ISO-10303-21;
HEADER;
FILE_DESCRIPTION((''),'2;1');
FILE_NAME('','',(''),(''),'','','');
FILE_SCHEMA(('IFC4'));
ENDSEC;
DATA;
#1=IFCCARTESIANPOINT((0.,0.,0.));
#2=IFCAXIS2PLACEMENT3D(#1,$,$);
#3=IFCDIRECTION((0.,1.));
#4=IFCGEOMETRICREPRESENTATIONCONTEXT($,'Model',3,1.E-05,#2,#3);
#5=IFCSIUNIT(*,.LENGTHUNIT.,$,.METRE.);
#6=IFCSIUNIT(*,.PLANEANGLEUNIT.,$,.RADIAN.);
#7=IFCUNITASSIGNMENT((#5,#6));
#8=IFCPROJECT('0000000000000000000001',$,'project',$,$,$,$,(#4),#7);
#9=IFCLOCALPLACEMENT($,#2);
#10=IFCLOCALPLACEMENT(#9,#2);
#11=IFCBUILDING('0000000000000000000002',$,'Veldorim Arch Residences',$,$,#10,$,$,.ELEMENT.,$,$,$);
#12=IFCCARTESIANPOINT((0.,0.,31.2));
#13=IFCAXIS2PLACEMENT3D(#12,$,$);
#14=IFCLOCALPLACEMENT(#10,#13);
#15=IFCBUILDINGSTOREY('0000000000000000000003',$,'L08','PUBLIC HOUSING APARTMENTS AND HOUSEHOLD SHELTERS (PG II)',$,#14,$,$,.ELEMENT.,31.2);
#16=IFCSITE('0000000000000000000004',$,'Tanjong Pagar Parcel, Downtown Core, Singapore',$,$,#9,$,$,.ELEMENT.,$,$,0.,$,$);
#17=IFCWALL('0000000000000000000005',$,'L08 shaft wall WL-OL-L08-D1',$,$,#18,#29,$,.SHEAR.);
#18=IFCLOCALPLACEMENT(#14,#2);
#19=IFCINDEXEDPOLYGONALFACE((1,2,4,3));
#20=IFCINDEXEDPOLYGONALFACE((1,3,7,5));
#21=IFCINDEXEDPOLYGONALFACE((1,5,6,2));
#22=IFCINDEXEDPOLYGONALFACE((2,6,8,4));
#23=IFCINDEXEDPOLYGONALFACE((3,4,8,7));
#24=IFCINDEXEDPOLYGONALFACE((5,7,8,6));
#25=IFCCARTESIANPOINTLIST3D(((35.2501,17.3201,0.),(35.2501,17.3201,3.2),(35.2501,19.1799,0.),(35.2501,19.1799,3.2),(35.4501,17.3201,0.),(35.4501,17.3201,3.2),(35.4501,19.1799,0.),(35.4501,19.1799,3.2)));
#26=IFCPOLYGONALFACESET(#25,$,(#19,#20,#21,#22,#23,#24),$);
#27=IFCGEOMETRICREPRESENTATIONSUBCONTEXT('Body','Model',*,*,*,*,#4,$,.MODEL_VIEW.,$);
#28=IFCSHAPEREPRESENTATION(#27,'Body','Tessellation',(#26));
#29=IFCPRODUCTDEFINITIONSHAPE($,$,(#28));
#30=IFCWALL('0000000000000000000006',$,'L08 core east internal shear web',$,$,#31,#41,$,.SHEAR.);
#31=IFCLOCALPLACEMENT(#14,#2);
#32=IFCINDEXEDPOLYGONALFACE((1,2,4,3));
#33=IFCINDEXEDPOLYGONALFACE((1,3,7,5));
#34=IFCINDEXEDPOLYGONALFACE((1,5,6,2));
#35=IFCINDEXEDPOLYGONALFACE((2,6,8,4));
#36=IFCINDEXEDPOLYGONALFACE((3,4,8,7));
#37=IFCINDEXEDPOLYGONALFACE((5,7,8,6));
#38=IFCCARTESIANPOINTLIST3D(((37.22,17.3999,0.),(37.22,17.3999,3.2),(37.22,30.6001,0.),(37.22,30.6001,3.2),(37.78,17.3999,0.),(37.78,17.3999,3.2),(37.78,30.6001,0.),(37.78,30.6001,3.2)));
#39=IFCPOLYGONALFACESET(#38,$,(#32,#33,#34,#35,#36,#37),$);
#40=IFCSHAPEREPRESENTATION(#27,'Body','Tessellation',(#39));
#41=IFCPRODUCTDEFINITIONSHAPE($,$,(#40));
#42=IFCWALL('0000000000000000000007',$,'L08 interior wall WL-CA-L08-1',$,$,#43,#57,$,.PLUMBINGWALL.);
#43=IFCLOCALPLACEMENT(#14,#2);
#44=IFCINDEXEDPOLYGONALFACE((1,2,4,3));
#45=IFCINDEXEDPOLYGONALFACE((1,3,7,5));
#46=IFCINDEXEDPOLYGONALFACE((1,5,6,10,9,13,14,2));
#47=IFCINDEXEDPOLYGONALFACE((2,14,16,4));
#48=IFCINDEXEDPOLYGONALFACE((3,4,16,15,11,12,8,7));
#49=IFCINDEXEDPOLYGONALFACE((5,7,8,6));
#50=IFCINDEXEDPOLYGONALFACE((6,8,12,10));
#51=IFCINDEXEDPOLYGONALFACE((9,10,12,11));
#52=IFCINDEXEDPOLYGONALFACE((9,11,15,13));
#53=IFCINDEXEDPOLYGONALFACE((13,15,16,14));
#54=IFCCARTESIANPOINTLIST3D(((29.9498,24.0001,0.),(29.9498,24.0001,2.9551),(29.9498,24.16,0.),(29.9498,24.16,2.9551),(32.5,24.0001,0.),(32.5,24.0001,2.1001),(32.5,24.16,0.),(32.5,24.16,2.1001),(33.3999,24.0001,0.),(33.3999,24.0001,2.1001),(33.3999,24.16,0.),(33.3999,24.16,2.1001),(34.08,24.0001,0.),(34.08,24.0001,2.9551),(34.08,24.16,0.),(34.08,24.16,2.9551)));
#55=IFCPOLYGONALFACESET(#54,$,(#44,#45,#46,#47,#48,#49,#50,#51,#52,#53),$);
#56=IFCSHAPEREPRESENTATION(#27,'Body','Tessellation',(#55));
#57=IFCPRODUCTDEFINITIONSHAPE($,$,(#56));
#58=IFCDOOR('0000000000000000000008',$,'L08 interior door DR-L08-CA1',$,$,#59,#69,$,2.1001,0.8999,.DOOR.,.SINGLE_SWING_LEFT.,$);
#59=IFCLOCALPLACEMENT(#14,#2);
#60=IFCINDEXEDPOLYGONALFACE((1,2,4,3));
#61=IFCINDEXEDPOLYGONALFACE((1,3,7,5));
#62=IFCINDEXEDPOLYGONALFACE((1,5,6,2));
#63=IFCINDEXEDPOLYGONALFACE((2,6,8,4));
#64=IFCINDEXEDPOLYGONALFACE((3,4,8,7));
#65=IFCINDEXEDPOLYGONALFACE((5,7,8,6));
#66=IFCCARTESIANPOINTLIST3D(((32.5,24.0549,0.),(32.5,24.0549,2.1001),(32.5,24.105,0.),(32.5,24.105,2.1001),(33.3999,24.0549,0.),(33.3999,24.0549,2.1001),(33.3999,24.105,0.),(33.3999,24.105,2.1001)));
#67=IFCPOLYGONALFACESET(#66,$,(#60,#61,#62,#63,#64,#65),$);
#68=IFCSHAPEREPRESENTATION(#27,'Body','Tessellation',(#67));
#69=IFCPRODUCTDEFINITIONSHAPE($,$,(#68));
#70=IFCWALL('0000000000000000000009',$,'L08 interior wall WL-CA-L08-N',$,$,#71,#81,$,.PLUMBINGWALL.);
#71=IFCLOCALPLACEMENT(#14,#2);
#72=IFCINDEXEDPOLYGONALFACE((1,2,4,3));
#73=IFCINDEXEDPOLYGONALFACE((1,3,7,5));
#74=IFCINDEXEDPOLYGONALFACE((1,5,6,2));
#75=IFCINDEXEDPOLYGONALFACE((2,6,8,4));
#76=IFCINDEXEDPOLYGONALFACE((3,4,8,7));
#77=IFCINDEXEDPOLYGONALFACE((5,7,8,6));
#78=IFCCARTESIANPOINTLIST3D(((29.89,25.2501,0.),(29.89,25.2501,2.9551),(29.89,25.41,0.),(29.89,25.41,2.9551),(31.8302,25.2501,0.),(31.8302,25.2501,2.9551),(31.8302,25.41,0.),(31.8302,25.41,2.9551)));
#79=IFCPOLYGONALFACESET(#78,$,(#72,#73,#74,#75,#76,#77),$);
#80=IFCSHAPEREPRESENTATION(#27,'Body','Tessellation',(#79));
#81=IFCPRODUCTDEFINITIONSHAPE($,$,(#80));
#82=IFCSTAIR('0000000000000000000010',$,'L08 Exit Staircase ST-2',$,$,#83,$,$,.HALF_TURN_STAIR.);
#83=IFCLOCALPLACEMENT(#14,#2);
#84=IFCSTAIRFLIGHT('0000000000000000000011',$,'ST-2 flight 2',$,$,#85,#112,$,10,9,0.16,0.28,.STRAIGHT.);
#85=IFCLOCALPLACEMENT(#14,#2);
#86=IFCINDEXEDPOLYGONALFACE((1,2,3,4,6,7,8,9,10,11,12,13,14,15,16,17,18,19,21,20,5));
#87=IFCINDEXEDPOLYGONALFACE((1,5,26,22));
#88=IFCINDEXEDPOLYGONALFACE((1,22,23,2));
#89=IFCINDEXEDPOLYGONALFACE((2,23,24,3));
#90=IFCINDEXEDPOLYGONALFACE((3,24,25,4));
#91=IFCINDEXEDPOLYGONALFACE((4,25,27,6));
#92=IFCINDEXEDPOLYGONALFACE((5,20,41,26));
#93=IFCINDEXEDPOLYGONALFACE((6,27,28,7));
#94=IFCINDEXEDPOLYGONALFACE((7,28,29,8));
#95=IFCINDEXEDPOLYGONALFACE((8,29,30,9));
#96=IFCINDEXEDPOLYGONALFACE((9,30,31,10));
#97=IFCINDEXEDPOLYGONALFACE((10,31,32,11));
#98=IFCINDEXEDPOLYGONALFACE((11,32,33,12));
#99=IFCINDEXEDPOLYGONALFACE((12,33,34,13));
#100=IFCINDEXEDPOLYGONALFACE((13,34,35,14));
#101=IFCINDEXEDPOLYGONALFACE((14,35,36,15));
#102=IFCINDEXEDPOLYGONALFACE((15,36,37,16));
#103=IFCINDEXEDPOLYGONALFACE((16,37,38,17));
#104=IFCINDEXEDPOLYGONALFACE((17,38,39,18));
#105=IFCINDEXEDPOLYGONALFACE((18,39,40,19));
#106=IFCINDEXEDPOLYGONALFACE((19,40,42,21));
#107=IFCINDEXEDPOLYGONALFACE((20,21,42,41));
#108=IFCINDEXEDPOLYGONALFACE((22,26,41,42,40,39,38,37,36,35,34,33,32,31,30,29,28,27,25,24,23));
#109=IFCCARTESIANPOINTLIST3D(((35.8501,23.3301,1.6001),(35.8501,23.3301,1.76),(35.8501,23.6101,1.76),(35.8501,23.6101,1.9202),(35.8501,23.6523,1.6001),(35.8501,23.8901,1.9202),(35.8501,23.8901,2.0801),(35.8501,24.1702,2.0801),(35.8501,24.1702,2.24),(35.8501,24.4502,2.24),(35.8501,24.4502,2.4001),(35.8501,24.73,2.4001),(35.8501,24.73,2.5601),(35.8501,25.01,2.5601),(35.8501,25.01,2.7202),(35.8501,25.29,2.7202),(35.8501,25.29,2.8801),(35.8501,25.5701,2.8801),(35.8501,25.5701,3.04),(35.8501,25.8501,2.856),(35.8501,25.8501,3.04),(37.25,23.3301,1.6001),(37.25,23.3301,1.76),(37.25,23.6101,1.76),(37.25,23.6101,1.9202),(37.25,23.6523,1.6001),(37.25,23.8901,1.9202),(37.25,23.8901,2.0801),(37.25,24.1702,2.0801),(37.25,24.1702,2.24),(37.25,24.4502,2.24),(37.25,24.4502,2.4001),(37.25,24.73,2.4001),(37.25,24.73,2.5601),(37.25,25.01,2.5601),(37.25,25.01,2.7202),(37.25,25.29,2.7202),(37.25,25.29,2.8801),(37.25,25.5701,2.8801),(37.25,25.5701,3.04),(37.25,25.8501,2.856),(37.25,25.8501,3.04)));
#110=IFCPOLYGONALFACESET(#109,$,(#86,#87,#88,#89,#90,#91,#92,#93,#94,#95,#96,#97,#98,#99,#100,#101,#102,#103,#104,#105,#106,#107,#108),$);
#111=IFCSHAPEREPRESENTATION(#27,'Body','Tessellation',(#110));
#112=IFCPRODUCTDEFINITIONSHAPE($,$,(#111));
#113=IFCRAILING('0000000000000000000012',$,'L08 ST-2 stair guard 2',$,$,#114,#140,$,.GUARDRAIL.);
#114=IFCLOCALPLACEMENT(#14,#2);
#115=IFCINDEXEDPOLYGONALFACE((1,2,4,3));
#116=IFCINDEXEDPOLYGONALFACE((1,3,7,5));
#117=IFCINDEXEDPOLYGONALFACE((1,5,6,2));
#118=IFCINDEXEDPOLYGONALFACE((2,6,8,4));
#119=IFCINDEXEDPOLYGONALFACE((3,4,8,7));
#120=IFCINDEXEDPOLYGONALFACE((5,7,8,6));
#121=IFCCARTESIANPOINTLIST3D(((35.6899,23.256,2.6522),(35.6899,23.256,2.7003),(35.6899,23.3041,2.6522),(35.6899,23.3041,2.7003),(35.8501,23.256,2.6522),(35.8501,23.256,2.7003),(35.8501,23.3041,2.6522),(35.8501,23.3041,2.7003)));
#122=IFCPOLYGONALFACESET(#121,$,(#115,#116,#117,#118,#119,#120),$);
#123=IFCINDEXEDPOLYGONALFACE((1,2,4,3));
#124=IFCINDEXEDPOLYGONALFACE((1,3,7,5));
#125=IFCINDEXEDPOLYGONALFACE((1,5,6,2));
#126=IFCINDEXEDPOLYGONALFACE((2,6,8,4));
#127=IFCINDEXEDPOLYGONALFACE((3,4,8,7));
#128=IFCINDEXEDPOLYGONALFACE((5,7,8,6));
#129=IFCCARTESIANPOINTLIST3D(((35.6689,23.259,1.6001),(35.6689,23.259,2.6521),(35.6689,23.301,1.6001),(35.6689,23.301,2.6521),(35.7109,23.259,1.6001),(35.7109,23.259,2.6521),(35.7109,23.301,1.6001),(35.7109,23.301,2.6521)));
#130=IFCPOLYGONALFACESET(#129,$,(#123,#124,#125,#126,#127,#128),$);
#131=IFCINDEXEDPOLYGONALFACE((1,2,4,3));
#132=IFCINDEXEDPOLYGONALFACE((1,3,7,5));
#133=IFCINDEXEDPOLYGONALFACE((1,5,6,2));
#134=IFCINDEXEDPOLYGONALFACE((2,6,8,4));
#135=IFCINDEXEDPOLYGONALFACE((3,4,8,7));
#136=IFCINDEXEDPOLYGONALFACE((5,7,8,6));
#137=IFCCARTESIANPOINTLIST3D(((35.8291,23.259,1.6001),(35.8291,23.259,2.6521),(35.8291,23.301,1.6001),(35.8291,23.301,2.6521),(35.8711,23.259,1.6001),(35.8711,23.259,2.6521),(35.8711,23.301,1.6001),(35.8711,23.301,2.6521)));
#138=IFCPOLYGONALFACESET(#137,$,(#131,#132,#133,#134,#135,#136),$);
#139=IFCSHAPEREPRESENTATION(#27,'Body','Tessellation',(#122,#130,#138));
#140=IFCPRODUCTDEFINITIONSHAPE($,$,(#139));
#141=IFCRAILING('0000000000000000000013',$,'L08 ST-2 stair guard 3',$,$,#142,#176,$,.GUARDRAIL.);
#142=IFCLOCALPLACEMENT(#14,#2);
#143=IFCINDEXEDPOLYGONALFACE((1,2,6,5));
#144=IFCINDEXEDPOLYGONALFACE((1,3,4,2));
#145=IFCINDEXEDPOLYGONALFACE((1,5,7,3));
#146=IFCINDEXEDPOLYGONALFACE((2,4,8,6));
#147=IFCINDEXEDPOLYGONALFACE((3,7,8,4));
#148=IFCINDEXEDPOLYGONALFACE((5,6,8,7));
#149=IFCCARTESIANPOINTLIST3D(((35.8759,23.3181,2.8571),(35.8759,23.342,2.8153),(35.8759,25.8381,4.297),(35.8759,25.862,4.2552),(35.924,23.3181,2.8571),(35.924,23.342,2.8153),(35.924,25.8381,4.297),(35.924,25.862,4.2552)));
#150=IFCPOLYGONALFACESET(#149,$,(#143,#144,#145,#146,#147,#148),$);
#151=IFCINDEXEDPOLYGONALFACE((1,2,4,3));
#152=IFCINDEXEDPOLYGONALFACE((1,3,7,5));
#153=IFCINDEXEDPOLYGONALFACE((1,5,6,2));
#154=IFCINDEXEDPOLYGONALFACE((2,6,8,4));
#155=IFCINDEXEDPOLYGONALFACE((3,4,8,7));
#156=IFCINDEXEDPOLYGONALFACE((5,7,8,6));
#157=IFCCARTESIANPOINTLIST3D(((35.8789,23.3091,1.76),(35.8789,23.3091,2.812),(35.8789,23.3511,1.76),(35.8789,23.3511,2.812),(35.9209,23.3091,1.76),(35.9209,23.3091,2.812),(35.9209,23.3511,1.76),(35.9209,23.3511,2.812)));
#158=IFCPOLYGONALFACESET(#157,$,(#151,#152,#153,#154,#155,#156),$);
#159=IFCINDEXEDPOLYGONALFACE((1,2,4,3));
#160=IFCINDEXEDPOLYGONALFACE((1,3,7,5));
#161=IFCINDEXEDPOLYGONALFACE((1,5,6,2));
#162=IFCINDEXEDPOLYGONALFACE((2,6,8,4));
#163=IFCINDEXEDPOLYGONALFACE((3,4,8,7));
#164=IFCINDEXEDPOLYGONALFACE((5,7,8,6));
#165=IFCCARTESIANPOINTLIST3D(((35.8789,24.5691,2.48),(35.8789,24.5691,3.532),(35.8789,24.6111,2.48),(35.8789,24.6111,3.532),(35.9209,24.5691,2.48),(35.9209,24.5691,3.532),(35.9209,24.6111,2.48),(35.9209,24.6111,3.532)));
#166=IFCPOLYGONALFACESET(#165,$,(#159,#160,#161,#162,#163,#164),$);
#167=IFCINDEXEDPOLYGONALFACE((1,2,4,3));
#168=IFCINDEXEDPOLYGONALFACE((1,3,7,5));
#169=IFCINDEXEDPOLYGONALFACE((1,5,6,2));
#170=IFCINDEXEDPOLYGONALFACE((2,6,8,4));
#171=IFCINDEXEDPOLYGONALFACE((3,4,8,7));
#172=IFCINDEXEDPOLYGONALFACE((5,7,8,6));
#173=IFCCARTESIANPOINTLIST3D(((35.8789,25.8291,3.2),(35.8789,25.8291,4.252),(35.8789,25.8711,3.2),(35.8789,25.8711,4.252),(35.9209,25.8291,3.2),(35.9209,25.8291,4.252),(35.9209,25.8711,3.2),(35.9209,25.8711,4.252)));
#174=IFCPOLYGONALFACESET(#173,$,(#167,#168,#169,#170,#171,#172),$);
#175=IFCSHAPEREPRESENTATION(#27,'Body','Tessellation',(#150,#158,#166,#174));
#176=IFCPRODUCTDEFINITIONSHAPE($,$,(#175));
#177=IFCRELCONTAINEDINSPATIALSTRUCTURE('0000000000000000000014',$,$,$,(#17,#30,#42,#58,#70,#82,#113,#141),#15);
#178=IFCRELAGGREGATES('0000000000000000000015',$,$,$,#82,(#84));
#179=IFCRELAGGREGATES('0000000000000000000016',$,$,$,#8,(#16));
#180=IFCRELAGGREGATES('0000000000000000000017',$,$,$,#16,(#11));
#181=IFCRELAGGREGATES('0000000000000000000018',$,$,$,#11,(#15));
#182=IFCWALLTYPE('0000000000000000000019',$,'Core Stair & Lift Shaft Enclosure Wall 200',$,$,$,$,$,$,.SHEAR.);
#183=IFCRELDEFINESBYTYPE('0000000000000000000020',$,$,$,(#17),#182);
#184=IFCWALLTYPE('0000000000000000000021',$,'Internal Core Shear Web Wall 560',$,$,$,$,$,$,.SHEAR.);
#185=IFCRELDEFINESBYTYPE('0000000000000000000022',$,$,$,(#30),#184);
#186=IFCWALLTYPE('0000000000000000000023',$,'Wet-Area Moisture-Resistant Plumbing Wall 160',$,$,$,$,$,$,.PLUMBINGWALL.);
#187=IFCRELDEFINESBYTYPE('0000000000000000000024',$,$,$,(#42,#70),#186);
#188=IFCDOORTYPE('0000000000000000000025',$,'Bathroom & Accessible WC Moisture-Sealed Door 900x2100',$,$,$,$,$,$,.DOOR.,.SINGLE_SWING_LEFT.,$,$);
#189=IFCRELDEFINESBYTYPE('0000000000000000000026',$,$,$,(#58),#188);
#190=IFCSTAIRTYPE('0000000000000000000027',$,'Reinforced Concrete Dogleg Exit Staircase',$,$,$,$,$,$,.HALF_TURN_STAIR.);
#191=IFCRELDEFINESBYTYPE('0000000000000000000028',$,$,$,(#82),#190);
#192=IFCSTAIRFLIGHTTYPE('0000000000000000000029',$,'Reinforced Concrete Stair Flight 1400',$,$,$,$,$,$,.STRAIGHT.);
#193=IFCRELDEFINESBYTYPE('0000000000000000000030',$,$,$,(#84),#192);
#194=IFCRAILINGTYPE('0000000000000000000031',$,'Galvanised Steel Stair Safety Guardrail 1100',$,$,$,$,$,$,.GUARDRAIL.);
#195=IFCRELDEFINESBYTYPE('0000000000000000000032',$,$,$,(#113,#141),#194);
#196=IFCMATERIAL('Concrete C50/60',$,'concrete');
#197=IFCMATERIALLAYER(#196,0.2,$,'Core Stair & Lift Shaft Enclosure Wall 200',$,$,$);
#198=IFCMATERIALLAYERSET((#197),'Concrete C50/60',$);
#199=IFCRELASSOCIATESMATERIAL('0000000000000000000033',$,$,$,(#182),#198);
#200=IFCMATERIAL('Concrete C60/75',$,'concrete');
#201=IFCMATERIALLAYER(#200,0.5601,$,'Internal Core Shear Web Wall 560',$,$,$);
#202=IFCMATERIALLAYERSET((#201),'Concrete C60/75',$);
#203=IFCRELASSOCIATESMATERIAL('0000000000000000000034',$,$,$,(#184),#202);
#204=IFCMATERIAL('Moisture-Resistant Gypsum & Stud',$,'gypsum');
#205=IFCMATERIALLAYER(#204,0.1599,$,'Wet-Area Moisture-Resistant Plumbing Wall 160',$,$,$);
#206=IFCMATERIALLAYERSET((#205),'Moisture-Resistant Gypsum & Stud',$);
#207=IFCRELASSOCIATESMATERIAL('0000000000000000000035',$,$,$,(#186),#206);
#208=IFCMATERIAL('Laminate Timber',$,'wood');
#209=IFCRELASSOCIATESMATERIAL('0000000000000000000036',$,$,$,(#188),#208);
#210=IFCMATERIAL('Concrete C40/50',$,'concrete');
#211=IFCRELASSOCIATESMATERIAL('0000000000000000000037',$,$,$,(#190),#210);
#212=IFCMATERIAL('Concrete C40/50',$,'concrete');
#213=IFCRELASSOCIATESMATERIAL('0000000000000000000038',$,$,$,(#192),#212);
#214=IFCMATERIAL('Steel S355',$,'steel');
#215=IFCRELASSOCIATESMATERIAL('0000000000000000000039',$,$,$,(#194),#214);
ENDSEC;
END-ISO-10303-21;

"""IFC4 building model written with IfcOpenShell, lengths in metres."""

from ifc_helpers import new_model, si_unit, direction, frame, frame_2d, origin, origin_2d, place, context, subcontext, project, spatial, polyline, rectangle, outline, extrude, material, layer, layer_set, type_object, element, fill, aggregate, save


model = new_model("IFC4")

# Units and contexts
model_context = context("Model", 3, precision=1e-05, world=origin(), true_north=direction((0.0, 1.0)))
body_context = subcontext(model_context, "Body", "Model", "MODEL_VIEW")
ifc_project = project(units=[si_unit("LENGTHUNIT", "METRE"), si_unit("PLANEANGLEUNIT", "RADIAN")], contexts=[model_context])

# Site, building, storey
site_placement = place(None, origin())
site = spatial("IfcSite", under=ifc_project, at=site_placement, Name="Tanjong Pagar Parcel, Downtown Core, Singapore", CompositionType="ELEMENT", RefElevation=0.0)
building_placement = place(site_placement, origin())
building = spatial("IfcBuilding", under=site, at=building_placement, Name="Veldorim Arch Residences", CompositionType="ELEMENT")
storey_placement = place(building_placement, frame((0.0, 0.0, 31.2)))
storey = spatial("IfcBuildingStorey", under=building, at=storey_placement, Name="L08", Description="PUBLIC HOUSING APARTMENTS AND HOUSEHOLD SHELTERS (PG II)", CompositionType="ELEMENT", Elevation=31.2)

# Shared definitions
ifc_material_1 = material(Name="Concrete C50/60", Category="concrete")
ifc_layer_1 = layer(ifc_material_1, 0.2, Name="Core Stair & Lift Shaft Enclosure Wall 200")
ifc_layer_set_1 = layer_set([ifc_layer_1], Name="Concrete C50/60")
wall_type_1 = type_object("IfcWallType", Name="Core Stair & Lift Shaft Enclosure Wall 200", PredefinedType="SHEAR", material=ifc_layer_set_1)

# Walls
for number, where, z_axis, x_axis, name in (
    (1, (35.3501, 17.3201, 0.0), (0.0, 0.0, 1.0), (0.0, 1.0, 0.0), "L08 shaft wall WL-OL-L08-D1"),
):
    element("IfcWall", number, at=place(storey_placement, frame(where, z_axis=z_axis, x_axis=x_axis)), inside=storey, type_object=wall_type_1, Name=name, PredefinedType="SHEAR", context=body_context, shape_type="SweptSolid", body=[
        extrude(rectangle(XDim=1.8599, YDim=0.2, at=frame_2d((0.9299, 0.0))), origin(), (0.0, 0.0, 1.0), 3.2),
    ])
ifc_material_2 = material(Name="Concrete C60/75", Category="concrete")
ifc_layer_2 = layer(ifc_material_2, 0.5601, Name="Internal Core Shear Web Wall 560")
ifc_layer_set_2 = layer_set([ifc_layer_2], Name="Concrete C60/75")
wall_type_2 = type_object("IfcWallType", Name="Internal Core Shear Web Wall 560", PredefinedType="SHEAR", material=ifc_layer_set_2)
wall_1_placement = place(storey_placement, frame((37.5, 17.3999, 0.0), z_axis=(0.0, 0.0, 1.0), x_axis=(0.0, 1.0, 0.0)))
element("IfcWall", 2, at=wall_1_placement, inside=storey, type_object=wall_type_2, Name="L08 core east internal shear web", PredefinedType="SHEAR", context=body_context, shape_type="SweptSolid", body=[
    extrude(rectangle(XDim=13.2002, YDim=0.5601, at=frame_2d((6.6001, 0.0))), origin(), (0.0, 0.0, 1.0), 3.2),
])

# Wall, opening, door
ifc_material_3 = material(Name="Moisture-Resistant Gypsum & Stud", Category="gypsum")
ifc_layer_3 = layer(ifc_material_3, 0.1599, Name="Wet-Area Moisture-Resistant Plumbing Wall 160")
ifc_layer_set_3 = layer_set([ifc_layer_3], Name="Moisture-Resistant Gypsum & Stud")
wall_type_3 = type_object("IfcWallType", Name="Wet-Area Moisture-Resistant Plumbing Wall 160", PredefinedType="PLUMBINGWALL", material=ifc_layer_set_3)
wall_2_placement = place(storey_placement, frame((29.95, 24.0801, 0.0), z_axis=(0.0, 0.0, 1.0), x_axis=(1.0, 0.0, 0.0)))
wall_2 = element("IfcWall", 3, at=wall_2_placement, inside=storey, type_object=wall_type_3, Name="L08 interior wall WL-CA-L08-1", PredefinedType="PLUMBINGWALL", context=body_context, shape_type="SweptSolid", body=[
    extrude(rectangle(XDim=4.1301, YDim=0.1599, at=frame_2d((2.0649, 0.0))), origin(), (0.0, 0.0, 1.0), 2.9551),
])
opening_1_placement = place(wall_2_placement, frame((2.55, 0.0, 0.0)))
opening_1 = element("IfcOpeningElement", 4, at=opening_1_placement, cuts=wall_2, PredefinedType="OPENING", context=body_context, shape_type="SweptSolid", body=[
    extrude(rectangle(XDim=0.8999, YDim=2.1001, at=frame_2d((0.45, 1.05))), frame((0.0, 0.0898, 0.0), z_axis=(0.0, -1.0, 0.0), x_axis=(1.0, 0.0, 0.0)), (0.0, 0.0, 1.0), 0.1799),
])
ifc_material_4 = material(Name="Laminate Timber", Category="wood")
door_type_1 = type_object("IfcDoorType", Name="Bathroom & Accessible WC Moisture-Sealed Door 900x2100", OperationType="SINGLE_SWING_LEFT", PredefinedType="DOOR", material=ifc_material_4)
door_1_placement = place(opening_1_placement, origin())
door_1 = element("IfcDoor", 5, at=door_1_placement, inside=storey, type_object=door_type_1, Name="L08 interior door DR-L08-CA1", OperationType="SINGLE_SWING_LEFT", OverallHeight=2.1001, OverallWidth=0.8999, PredefinedType="DOOR", context=body_context, shape_type="SweptSolid", body=[
    extrude(rectangle(XDim=0.8999, YDim=2.1001, at=frame_2d((0.45, 1.05))), frame((0.0, 0.0249, 0.0), z_axis=(0.0, -1.0, 0.0), x_axis=(1.0, 0.0, 0.0)), (0.0, 0.0, 1.0), 0.05),
])
fill(opening_1, door_1)

# Wall
wall_3_placement = place(storey_placement, frame((29.8899, 25.3301, 0.0), z_axis=(0.0, 0.0, 1.0), x_axis=(1.0, 0.0, 0.0)))
element("IfcWall", 6, at=wall_3_placement, inside=storey, type_object=wall_type_3, Name="L08 interior wall WL-CA-L08-N", PredefinedType="PLUMBINGWALL", context=body_context, shape_type="SweptSolid", body=[
    extrude(rectangle(XDim=1.9402, YDim=0.1599, at=frame_2d((0.9702, 0.0))), origin(), (0.0, 0.0, 1.0), 2.9551),
])

# Stair, stair flight
ifc_material_5 = material(Name="Concrete C40/50", Category="concrete")
stair_type = type_object("IfcStairType", Name="Reinforced Concrete Dogleg Exit Staircase", PredefinedType="HALF_TURN_STAIR", material=ifc_material_5)
stair_placement = place(storey_placement, origin())
stair = element("IfcStair", 7, at=stair_placement, inside=storey, type_object=stair_type, Name="L08 Exit Staircase ST-2", PredefinedType="HALF_TURN_STAIR")
ifc_material_6 = material(Name="Concrete C40/50", Category="concrete")
stair_flight_type = type_object("IfcStairFlightType", Name="Reinforced Concrete Stair Flight 1400", PredefinedType="STRAIGHT", material=ifc_material_6)
stair_flight_placement = place(storey_placement, frame((36.55, 23.3301, 1.6001), z_axis=(0.0, 0.0, 1.0), x_axis=(0.0, 1.0, 0.0)))
stair_flight = element("IfcStairFlight", 8, at=stair_flight_placement, type_object=stair_flight_type, Name="ST-2 flight 2", NumberOfRisers=10, NumberOfTreads=9, PredefinedType="STRAIGHT", RiserHeight=0.16, TreadLength=0.28, context=body_context, shape_type="SweptSolid", body=[
    extrude(outline(polyline([(0.0, 0.0), (0.0, 0.1599), (0.28, 0.1599), (0.28, 0.3201), (0.5601, 0.3201), (0.5601, 0.48), (0.8401, 0.48), (0.8401, 0.6399), (1.1201, 0.6399), (1.1201, 0.8), (1.3999, 0.8), (1.3999, 0.96), (1.6799, 0.96), (1.6799, 1.1201), (1.96, 1.1201), (1.96, 1.28), (2.24, 1.28), (2.24, 1.4399), (2.52, 1.4399), (2.52, 1.6001), (2.52, 1.2559), (0.3223, 0.0), (0.0, 0.0)])), frame((0.0, 0.7, 0.0), z_axis=(0.0, -1.0, 0.0), x_axis=(1.0, 0.0, 0.0)), (0.0, 0.0, 1.0), 1.3999),
])
aggregate(stair, [stair_flight])

# Railings
ifc_material_7 = material(Name="Steel S355", Category="steel")
railing_type_1 = type_object("IfcRailingType", Name="Galvanised Steel Stair Safety Guardrail 1100", PredefinedType="GUARDRAIL", material=ifc_material_7)
railing_1_placement = place(storey_placement, frame((35.6899, 23.28, 1.6001)))
element("IfcRailing", 9, at=railing_1_placement, inside=storey, type_object=railing_type_1, Name="L08 ST-2 stair guard 2", PredefinedType="GUARDRAIL", context=body_context, shape_type="SweptSolid", body=[
    extrude(rectangle(XDim=0.0481, YDim=0.0481, at=origin_2d()), frame((0.0, 0.0, 1.0762), z_axis=(1.0, 0.0, 0.0), x_axis=(0.0, 1.0, 0.0)), (0.0, 0.0, 1.0), 0.1602),
    extrude(rectangle(XDim=0.042, YDim=0.042, at=origin_2d()), origin(), (0.0, 0.0, 1.0), 1.052),
    extrude(rectangle(XDim=0.042, YDim=0.042, at=origin_2d()), frame((0.1602, 0.0, 0.0)), (0.0, 0.0, 1.0), 1.052),
])
railing_2_placement = place(storey_placement, frame((35.8999, 23.3301, 1.76)))
element("IfcRailing", 10, at=railing_2_placement, inside=storey, type_object=railing_type_1, Name="L08 ST-2 stair guard 3", PredefinedType="GUARDRAIL", context=body_context, shape_type="SweptSolid", body=[
    extrude(rectangle(XDim=0.0481, YDim=0.0481, at=origin_2d()), frame((0.0, 0.0, 1.0762), z_axis=(0.0, 0.868253, 0.496121), x_axis=(-1.0, 0.0, 0.0)), (0.0, 0.0, 1.0), 2.9023),
    extrude(rectangle(XDim=0.042, YDim=0.042, at=origin_2d()), origin(), (0.0, 0.0, 1.0), 1.052),
    extrude(rectangle(XDim=0.042, YDim=0.042, at=origin_2d()), frame((0.0, 1.26, 0.72)), (0.0, 0.0, 1.0), 1.052),
    extrude(rectangle(XDim=0.042, YDim=0.042, at=origin_2d()), frame((0.0, 2.52, 1.4399)), (0.0, 0.0, 1.0), 1.052),
])

save(model, "model.ifc")
